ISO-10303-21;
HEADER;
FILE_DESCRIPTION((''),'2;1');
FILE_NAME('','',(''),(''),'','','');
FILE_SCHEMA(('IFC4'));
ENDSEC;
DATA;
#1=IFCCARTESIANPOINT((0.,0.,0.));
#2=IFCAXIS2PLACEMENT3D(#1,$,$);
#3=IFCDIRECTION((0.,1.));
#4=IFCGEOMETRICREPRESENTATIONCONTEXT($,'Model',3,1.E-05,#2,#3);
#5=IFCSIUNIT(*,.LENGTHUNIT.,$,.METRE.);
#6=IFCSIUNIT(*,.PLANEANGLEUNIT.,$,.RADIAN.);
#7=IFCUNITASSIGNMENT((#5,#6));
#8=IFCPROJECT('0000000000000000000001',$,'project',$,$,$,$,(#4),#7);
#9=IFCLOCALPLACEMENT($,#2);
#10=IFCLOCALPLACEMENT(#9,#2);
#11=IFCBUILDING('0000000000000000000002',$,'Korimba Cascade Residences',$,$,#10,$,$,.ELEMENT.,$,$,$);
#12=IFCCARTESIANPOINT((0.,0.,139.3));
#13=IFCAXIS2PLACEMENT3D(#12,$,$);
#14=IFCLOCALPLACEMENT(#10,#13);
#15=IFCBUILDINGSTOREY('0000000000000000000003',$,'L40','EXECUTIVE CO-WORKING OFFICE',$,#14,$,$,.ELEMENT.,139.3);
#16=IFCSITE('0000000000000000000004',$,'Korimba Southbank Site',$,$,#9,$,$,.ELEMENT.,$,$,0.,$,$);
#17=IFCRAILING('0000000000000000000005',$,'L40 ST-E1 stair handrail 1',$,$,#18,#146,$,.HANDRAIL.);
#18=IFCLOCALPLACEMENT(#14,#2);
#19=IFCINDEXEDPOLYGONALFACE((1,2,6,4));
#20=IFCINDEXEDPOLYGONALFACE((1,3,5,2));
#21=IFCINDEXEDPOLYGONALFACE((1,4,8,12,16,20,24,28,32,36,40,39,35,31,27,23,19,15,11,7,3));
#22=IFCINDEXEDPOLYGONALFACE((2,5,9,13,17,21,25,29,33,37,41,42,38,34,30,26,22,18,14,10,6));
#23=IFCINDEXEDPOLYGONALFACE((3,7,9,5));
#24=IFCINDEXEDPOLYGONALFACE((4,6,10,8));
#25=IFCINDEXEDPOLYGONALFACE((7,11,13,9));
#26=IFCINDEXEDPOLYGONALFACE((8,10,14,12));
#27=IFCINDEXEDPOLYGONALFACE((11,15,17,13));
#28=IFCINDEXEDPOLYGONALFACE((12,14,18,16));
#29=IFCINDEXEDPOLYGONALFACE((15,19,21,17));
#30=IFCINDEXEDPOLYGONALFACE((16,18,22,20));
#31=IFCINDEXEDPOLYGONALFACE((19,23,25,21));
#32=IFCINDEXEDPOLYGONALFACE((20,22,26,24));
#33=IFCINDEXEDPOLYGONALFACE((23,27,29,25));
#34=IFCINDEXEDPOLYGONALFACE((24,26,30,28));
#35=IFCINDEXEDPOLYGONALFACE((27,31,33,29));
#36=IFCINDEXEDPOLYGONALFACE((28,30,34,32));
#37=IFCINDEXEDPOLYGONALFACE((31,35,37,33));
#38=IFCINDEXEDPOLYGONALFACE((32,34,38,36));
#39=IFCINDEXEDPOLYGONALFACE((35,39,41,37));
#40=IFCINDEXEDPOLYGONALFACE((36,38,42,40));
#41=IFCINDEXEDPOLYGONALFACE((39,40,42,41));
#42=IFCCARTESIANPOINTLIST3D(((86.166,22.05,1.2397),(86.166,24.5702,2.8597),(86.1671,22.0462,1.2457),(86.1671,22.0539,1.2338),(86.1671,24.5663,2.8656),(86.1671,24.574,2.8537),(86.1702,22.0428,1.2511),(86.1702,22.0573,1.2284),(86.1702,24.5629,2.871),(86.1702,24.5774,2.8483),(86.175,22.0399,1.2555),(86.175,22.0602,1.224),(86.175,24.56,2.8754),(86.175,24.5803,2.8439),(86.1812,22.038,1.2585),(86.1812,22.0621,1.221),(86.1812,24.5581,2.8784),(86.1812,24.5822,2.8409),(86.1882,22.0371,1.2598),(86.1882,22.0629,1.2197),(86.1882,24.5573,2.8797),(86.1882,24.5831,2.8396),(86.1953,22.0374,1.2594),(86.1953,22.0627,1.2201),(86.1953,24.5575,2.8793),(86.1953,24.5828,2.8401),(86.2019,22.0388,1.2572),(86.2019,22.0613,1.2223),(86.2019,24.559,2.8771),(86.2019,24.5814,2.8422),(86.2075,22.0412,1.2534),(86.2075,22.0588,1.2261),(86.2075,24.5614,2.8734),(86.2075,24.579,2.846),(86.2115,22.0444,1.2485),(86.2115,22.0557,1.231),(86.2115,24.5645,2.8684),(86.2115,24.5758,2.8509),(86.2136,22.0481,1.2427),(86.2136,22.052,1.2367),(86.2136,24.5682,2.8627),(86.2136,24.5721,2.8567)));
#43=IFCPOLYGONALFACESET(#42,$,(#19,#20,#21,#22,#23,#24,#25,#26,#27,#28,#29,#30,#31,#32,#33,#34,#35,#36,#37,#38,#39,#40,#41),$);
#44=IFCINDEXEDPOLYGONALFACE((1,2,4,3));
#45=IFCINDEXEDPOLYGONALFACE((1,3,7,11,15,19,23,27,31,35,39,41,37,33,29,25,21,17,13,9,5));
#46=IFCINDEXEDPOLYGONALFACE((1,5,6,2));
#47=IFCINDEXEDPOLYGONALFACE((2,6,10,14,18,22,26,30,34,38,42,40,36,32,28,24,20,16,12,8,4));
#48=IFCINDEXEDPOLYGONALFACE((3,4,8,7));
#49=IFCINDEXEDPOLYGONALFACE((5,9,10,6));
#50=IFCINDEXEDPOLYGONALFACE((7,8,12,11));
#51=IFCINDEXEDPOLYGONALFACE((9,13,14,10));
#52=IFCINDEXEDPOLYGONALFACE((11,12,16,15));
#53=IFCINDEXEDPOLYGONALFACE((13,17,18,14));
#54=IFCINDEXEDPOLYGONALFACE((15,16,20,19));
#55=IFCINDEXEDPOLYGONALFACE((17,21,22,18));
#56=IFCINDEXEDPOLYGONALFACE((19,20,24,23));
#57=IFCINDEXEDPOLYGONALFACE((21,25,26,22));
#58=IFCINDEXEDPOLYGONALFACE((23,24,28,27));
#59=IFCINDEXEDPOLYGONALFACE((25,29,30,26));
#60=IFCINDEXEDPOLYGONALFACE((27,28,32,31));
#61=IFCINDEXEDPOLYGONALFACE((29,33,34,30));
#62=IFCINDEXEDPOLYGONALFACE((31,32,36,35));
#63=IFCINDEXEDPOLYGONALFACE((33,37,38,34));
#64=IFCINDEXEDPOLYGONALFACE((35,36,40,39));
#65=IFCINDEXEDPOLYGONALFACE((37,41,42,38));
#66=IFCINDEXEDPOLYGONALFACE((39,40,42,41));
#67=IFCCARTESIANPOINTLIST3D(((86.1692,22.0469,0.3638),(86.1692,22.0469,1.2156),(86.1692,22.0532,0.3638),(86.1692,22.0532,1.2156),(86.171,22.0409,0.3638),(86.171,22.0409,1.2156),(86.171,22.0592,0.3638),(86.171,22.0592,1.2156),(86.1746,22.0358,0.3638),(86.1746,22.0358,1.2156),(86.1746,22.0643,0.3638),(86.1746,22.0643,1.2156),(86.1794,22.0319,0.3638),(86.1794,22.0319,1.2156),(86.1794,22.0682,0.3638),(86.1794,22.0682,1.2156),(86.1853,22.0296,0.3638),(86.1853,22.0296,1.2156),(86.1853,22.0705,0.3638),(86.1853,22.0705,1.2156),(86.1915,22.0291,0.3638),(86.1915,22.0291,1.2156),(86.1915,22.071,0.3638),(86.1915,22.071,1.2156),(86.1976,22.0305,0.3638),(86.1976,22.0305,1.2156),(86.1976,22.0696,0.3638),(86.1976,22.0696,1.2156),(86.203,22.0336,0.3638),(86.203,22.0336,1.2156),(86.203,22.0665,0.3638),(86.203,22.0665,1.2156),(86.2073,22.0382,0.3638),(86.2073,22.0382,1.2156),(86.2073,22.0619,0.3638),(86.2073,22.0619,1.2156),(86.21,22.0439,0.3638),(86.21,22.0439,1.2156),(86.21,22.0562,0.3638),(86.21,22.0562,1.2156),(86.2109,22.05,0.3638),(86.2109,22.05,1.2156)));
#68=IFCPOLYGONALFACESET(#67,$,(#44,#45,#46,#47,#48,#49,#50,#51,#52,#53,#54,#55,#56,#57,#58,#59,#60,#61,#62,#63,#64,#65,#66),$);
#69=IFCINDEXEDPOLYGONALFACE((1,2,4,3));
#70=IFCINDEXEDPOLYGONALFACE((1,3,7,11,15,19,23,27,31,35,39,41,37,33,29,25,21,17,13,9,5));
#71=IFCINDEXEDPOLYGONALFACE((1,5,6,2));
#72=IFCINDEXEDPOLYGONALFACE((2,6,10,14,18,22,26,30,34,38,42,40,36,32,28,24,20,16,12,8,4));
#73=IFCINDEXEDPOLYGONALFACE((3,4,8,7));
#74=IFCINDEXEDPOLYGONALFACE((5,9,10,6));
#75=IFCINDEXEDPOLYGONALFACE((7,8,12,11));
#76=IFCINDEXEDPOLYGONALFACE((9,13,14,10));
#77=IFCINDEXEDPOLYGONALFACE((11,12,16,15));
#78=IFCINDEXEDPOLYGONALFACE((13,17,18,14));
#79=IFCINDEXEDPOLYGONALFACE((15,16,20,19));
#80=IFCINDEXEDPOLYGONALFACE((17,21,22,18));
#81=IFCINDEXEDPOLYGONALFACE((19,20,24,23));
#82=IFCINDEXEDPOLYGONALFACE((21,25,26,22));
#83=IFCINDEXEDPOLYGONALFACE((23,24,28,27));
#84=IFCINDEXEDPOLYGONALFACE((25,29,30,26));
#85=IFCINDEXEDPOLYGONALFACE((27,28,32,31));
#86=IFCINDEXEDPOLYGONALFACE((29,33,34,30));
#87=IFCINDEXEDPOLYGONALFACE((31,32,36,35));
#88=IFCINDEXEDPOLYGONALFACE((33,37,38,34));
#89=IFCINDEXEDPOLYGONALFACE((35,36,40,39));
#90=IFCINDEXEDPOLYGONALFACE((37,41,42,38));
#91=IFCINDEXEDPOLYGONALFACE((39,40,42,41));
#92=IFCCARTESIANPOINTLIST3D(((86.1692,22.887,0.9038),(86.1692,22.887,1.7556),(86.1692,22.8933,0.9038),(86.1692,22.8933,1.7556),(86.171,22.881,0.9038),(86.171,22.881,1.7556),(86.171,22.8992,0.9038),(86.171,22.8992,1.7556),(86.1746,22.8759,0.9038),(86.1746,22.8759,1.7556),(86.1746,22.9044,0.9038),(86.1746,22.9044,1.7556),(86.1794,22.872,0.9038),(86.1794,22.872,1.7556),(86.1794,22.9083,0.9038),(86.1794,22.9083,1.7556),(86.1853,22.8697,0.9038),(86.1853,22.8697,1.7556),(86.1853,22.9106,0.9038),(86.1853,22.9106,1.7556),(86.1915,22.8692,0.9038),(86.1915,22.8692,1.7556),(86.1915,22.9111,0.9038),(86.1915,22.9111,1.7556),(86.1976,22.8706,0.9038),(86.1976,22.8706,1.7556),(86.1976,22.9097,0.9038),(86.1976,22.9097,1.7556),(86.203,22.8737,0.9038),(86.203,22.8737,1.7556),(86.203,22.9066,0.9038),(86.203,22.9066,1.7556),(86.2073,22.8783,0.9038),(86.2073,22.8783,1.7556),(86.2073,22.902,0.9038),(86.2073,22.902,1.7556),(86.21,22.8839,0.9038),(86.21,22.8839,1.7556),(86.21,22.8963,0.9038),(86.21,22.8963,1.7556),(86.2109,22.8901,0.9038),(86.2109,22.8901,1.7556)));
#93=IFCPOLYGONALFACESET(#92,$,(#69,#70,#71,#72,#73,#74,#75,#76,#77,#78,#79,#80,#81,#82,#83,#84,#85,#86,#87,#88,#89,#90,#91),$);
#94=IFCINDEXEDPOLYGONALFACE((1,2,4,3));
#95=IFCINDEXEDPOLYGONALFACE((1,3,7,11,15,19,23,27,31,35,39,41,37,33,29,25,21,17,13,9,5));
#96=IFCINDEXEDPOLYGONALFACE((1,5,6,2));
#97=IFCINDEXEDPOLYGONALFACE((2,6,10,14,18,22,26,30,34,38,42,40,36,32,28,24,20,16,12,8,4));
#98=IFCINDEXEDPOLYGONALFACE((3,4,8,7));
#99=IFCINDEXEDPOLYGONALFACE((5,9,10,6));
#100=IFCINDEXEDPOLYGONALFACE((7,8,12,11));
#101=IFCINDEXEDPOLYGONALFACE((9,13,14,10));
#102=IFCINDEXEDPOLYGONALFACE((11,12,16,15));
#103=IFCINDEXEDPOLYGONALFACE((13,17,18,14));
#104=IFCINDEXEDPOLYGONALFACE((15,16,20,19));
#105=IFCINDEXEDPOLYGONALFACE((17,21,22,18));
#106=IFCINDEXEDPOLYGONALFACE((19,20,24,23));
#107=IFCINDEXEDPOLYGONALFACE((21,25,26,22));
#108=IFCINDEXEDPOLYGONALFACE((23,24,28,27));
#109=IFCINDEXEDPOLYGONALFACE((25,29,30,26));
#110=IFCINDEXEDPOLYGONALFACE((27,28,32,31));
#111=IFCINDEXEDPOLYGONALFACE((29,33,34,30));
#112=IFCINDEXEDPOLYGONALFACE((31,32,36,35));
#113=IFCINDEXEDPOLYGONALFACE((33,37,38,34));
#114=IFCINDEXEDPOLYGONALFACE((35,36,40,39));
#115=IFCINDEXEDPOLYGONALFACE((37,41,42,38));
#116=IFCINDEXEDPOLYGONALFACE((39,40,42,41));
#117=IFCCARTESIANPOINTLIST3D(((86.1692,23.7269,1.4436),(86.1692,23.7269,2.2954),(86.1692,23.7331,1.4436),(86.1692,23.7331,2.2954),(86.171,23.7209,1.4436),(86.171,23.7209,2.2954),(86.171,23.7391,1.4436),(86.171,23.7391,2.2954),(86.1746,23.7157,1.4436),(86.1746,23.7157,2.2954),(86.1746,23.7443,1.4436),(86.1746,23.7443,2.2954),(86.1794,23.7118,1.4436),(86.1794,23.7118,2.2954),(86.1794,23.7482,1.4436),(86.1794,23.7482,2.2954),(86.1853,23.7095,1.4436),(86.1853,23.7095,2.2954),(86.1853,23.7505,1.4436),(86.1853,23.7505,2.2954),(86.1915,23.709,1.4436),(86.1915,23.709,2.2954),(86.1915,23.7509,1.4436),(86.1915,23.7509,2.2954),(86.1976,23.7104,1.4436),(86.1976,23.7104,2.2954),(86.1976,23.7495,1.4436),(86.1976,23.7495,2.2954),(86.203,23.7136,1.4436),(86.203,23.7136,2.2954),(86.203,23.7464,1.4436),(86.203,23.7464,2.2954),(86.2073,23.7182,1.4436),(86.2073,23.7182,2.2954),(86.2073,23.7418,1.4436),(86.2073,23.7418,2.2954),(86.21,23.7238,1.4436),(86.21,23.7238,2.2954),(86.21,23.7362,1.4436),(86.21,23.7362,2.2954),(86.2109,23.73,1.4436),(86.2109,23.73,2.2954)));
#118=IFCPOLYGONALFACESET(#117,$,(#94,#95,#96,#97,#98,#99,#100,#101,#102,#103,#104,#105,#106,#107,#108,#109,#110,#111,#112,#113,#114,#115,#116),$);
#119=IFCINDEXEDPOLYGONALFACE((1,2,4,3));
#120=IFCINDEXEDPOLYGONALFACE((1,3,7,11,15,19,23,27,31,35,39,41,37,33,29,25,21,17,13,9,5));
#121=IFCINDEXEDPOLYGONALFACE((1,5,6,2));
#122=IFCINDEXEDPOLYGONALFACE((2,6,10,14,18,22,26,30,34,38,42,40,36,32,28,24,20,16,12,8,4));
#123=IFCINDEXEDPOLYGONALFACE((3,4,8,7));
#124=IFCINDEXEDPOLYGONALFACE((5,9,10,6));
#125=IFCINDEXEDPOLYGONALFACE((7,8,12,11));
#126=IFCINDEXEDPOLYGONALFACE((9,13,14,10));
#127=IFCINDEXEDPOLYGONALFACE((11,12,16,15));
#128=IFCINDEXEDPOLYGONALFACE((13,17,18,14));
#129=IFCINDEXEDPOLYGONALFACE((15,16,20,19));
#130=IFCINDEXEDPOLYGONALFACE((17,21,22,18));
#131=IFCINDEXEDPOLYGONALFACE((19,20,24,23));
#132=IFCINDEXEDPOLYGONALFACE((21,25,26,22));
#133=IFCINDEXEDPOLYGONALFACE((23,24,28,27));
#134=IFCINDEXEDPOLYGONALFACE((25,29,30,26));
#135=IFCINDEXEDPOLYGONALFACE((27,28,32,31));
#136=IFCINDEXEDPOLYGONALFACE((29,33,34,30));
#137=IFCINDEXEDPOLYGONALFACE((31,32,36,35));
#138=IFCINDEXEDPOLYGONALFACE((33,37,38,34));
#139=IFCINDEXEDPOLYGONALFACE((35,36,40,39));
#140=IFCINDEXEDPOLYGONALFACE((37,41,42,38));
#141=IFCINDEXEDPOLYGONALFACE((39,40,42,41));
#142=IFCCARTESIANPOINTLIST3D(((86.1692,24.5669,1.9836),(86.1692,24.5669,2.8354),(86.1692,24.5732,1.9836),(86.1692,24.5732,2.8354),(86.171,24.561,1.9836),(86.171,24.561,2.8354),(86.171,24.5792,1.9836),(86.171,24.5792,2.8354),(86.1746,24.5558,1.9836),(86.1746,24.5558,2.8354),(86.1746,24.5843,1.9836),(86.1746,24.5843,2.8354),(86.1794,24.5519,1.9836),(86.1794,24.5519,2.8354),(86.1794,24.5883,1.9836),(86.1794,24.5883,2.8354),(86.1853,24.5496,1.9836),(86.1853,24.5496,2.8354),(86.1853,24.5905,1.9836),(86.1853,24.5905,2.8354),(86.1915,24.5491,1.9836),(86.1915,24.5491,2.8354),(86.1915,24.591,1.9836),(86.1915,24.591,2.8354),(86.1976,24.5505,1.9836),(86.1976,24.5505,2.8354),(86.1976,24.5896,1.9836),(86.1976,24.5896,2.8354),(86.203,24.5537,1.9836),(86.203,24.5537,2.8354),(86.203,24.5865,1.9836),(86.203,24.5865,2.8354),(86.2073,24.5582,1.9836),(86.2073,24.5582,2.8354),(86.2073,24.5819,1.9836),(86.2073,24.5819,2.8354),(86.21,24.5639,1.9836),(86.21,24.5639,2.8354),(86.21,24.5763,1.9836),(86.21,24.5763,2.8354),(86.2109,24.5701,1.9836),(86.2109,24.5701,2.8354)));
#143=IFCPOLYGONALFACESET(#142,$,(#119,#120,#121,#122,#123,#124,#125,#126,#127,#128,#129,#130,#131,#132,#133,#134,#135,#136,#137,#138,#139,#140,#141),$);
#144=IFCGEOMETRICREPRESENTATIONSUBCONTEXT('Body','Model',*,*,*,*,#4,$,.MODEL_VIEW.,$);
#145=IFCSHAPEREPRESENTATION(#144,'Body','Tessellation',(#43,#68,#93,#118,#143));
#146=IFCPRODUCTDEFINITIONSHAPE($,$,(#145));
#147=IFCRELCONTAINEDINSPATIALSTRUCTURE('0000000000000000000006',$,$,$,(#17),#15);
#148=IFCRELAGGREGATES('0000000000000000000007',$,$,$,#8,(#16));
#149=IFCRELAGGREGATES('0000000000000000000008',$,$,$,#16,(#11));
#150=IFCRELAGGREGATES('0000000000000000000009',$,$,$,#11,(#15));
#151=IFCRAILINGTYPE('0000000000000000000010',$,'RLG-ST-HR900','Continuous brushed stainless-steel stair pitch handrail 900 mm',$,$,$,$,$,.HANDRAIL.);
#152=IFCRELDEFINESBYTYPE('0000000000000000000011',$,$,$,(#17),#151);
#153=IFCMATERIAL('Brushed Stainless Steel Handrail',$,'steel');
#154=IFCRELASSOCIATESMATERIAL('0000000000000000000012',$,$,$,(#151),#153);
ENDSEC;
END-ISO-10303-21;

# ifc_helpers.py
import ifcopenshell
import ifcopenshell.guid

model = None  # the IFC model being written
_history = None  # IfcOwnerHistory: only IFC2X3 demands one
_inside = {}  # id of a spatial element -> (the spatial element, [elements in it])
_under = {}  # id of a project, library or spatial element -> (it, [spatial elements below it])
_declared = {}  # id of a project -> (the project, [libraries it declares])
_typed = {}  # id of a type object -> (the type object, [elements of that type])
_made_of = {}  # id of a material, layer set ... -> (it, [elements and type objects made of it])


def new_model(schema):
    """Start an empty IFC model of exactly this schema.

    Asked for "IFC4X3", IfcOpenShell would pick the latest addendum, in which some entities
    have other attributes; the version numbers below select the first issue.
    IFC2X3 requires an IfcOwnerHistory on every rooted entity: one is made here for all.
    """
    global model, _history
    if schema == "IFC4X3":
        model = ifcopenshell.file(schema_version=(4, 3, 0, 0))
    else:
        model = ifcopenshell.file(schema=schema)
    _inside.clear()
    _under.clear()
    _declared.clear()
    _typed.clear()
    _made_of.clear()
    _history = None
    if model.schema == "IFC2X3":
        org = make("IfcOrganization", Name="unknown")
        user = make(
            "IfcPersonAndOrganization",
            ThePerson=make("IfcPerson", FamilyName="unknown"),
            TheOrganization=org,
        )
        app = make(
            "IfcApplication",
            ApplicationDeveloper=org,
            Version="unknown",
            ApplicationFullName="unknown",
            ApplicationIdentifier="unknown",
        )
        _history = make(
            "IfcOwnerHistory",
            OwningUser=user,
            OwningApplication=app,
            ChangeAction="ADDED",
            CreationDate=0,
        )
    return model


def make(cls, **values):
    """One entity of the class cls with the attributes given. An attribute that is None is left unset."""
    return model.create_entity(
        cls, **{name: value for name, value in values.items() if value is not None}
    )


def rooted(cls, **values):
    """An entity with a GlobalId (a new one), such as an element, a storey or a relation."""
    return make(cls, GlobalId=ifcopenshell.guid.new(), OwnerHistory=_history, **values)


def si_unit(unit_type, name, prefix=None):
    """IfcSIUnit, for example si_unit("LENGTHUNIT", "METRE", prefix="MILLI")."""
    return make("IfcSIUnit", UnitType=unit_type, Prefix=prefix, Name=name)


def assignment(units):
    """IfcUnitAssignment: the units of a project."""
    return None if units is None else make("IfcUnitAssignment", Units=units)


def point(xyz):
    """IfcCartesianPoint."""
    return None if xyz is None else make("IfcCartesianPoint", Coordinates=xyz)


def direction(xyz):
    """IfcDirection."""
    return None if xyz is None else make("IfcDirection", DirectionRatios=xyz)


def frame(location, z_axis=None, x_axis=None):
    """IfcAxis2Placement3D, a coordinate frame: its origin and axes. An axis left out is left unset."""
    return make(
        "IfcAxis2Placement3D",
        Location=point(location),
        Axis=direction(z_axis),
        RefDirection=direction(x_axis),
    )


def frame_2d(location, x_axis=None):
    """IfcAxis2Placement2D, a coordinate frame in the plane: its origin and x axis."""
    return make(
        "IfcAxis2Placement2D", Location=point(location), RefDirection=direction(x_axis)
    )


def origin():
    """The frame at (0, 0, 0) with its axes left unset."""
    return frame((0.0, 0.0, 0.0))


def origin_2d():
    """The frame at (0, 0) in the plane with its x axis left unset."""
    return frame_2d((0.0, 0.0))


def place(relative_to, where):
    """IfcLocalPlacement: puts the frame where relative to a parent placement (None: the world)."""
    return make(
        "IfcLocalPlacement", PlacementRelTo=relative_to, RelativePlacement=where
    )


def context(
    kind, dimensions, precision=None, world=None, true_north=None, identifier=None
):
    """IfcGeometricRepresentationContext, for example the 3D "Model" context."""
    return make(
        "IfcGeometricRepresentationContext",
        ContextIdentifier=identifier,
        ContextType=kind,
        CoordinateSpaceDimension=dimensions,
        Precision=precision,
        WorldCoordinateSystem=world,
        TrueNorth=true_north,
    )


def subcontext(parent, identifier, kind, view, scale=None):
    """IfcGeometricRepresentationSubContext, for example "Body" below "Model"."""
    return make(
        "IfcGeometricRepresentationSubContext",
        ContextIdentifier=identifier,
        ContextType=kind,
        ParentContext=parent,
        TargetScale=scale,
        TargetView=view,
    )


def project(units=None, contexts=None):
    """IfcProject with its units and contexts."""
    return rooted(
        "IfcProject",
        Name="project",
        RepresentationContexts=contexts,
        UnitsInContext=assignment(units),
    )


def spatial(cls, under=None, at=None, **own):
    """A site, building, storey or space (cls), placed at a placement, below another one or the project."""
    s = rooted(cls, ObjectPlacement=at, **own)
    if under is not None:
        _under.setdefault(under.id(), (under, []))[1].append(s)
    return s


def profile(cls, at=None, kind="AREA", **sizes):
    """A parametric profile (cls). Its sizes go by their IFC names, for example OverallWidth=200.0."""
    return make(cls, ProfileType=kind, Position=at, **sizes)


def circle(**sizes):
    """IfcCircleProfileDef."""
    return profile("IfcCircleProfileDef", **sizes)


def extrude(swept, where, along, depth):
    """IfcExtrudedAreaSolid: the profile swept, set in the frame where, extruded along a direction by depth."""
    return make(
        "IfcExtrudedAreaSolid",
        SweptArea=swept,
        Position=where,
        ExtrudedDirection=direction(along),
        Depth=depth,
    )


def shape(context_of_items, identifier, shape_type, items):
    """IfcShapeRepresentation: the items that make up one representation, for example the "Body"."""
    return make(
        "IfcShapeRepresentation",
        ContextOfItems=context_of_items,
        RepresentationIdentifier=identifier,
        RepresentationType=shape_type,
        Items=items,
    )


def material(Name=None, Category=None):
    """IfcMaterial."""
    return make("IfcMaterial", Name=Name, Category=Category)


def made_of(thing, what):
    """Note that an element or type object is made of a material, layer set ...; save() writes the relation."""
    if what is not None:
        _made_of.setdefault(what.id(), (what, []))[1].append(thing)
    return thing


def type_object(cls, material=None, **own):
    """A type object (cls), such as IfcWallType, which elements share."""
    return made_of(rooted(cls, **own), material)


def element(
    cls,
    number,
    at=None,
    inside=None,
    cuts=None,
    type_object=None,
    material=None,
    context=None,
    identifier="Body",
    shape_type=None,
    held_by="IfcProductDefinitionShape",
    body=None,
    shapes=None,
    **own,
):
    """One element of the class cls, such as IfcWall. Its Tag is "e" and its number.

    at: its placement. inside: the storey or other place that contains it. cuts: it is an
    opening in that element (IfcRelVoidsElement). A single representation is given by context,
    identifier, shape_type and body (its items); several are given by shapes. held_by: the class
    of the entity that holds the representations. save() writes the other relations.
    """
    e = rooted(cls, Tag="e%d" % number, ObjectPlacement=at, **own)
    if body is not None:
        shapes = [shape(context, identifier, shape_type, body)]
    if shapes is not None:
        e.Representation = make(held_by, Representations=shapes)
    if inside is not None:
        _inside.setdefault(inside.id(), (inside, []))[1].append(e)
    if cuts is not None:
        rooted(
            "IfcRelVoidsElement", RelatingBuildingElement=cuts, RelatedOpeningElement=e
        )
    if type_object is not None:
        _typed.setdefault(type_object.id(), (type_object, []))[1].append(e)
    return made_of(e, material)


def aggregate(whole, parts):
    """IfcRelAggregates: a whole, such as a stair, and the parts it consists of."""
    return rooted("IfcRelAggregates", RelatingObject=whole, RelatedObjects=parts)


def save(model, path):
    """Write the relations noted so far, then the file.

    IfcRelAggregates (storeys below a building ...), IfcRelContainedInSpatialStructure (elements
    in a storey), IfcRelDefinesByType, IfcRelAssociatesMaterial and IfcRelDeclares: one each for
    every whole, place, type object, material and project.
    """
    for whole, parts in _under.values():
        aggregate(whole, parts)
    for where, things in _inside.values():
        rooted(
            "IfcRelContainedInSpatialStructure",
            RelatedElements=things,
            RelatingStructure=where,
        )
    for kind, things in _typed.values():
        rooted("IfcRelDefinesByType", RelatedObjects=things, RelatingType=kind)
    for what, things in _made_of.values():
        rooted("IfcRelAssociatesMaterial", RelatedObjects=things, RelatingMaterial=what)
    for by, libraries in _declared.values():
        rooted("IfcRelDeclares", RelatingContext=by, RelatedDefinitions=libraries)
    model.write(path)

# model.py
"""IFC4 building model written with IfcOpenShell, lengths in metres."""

from ifc_helpers import new_model, si_unit, direction, frame, origin, origin_2d, place, context, subcontext, project, spatial, circle, extrude, material, type_object, element, save


model = new_model("IFC4")

# Units and contexts
model_context = context("Model", 3, precision=1e-05, world=origin(), true_north=direction((0.0, 1.0)))
body_context = subcontext(model_context, "Body", "Model", "MODEL_VIEW")
ifc_project = project(units=[si_unit("LENGTHUNIT", "METRE"), si_unit("PLANEANGLEUNIT", "RADIAN")], contexts=[model_context])

# Site, building, storey
site_placement = place(None, origin())
site = spatial("IfcSite", under=ifc_project, at=site_placement, Name="Korimba Southbank Site", CompositionType="ELEMENT", RefElevation=0.0)
building_placement = place(site_placement, origin())
building = spatial("IfcBuilding", under=site, at=building_placement, Name="Korimba Cascade Residences", CompositionType="ELEMENT")
storey_placement = place(building_placement, frame((0.0, 0.0, 139.3)))
storey = spatial("IfcBuildingStorey", under=building, at=storey_placement, Name="L40", Description="EXECUTIVE CO-WORKING OFFICE", CompositionType="ELEMENT", Elevation=139.3)

# Railing
ifc_material_1 = material(Name="Brushed Stainless Steel Handrail", Category="steel")
railing_type_1 = type_object("IfcRailingType", Name="RLG-ST-HR900", Description="Continuous brushed stainless-steel stair pitch handrail 900 mm", PredefinedType="HANDRAIL", material=ifc_material_1)
railing_1_placement = place(storey_placement, frame((86.1899, 22.05, 0.3638)))
element("IfcRailing", 1, at=railing_1_placement, inside=storey, type_object=railing_type_1, Name="L40 ST-E1 stair handrail 1", PredefinedType="HANDRAIL", context=body_context, shape_type="SweptSolid", body=[
    extrude(circle(Radius=0.0239, at=origin_2d()), frame((0.0, 0.0, 0.876), z_axis=(0.0, 0.8412, 0.540725), x_axis=(-1.0, 0.0, 0.0)), (0.0, 0.0, 1.0), 2.9958),
    extrude(circle(Radius=0.021, at=origin_2d()), origin(), (0.0, 0.0, 1.0), 0.8518),
    extrude(circle(Radius=0.021, at=origin_2d()), frame((0.0, 0.8401, 0.54)), (0.0, 0.0, 1.0), 0.8518),
    extrude(circle(Radius=0.021, at=origin_2d()), frame((0.0, 1.6799, 1.0798)), (0.0, 0.0, 1.0), 0.8518),
    extrude(circle(Radius=0.021, at=origin_2d()), frame((0.0, 2.52, 1.6199)), (0.0, 0.0, 1.0), 0.8518),
])

save(model, "model.ifc")
